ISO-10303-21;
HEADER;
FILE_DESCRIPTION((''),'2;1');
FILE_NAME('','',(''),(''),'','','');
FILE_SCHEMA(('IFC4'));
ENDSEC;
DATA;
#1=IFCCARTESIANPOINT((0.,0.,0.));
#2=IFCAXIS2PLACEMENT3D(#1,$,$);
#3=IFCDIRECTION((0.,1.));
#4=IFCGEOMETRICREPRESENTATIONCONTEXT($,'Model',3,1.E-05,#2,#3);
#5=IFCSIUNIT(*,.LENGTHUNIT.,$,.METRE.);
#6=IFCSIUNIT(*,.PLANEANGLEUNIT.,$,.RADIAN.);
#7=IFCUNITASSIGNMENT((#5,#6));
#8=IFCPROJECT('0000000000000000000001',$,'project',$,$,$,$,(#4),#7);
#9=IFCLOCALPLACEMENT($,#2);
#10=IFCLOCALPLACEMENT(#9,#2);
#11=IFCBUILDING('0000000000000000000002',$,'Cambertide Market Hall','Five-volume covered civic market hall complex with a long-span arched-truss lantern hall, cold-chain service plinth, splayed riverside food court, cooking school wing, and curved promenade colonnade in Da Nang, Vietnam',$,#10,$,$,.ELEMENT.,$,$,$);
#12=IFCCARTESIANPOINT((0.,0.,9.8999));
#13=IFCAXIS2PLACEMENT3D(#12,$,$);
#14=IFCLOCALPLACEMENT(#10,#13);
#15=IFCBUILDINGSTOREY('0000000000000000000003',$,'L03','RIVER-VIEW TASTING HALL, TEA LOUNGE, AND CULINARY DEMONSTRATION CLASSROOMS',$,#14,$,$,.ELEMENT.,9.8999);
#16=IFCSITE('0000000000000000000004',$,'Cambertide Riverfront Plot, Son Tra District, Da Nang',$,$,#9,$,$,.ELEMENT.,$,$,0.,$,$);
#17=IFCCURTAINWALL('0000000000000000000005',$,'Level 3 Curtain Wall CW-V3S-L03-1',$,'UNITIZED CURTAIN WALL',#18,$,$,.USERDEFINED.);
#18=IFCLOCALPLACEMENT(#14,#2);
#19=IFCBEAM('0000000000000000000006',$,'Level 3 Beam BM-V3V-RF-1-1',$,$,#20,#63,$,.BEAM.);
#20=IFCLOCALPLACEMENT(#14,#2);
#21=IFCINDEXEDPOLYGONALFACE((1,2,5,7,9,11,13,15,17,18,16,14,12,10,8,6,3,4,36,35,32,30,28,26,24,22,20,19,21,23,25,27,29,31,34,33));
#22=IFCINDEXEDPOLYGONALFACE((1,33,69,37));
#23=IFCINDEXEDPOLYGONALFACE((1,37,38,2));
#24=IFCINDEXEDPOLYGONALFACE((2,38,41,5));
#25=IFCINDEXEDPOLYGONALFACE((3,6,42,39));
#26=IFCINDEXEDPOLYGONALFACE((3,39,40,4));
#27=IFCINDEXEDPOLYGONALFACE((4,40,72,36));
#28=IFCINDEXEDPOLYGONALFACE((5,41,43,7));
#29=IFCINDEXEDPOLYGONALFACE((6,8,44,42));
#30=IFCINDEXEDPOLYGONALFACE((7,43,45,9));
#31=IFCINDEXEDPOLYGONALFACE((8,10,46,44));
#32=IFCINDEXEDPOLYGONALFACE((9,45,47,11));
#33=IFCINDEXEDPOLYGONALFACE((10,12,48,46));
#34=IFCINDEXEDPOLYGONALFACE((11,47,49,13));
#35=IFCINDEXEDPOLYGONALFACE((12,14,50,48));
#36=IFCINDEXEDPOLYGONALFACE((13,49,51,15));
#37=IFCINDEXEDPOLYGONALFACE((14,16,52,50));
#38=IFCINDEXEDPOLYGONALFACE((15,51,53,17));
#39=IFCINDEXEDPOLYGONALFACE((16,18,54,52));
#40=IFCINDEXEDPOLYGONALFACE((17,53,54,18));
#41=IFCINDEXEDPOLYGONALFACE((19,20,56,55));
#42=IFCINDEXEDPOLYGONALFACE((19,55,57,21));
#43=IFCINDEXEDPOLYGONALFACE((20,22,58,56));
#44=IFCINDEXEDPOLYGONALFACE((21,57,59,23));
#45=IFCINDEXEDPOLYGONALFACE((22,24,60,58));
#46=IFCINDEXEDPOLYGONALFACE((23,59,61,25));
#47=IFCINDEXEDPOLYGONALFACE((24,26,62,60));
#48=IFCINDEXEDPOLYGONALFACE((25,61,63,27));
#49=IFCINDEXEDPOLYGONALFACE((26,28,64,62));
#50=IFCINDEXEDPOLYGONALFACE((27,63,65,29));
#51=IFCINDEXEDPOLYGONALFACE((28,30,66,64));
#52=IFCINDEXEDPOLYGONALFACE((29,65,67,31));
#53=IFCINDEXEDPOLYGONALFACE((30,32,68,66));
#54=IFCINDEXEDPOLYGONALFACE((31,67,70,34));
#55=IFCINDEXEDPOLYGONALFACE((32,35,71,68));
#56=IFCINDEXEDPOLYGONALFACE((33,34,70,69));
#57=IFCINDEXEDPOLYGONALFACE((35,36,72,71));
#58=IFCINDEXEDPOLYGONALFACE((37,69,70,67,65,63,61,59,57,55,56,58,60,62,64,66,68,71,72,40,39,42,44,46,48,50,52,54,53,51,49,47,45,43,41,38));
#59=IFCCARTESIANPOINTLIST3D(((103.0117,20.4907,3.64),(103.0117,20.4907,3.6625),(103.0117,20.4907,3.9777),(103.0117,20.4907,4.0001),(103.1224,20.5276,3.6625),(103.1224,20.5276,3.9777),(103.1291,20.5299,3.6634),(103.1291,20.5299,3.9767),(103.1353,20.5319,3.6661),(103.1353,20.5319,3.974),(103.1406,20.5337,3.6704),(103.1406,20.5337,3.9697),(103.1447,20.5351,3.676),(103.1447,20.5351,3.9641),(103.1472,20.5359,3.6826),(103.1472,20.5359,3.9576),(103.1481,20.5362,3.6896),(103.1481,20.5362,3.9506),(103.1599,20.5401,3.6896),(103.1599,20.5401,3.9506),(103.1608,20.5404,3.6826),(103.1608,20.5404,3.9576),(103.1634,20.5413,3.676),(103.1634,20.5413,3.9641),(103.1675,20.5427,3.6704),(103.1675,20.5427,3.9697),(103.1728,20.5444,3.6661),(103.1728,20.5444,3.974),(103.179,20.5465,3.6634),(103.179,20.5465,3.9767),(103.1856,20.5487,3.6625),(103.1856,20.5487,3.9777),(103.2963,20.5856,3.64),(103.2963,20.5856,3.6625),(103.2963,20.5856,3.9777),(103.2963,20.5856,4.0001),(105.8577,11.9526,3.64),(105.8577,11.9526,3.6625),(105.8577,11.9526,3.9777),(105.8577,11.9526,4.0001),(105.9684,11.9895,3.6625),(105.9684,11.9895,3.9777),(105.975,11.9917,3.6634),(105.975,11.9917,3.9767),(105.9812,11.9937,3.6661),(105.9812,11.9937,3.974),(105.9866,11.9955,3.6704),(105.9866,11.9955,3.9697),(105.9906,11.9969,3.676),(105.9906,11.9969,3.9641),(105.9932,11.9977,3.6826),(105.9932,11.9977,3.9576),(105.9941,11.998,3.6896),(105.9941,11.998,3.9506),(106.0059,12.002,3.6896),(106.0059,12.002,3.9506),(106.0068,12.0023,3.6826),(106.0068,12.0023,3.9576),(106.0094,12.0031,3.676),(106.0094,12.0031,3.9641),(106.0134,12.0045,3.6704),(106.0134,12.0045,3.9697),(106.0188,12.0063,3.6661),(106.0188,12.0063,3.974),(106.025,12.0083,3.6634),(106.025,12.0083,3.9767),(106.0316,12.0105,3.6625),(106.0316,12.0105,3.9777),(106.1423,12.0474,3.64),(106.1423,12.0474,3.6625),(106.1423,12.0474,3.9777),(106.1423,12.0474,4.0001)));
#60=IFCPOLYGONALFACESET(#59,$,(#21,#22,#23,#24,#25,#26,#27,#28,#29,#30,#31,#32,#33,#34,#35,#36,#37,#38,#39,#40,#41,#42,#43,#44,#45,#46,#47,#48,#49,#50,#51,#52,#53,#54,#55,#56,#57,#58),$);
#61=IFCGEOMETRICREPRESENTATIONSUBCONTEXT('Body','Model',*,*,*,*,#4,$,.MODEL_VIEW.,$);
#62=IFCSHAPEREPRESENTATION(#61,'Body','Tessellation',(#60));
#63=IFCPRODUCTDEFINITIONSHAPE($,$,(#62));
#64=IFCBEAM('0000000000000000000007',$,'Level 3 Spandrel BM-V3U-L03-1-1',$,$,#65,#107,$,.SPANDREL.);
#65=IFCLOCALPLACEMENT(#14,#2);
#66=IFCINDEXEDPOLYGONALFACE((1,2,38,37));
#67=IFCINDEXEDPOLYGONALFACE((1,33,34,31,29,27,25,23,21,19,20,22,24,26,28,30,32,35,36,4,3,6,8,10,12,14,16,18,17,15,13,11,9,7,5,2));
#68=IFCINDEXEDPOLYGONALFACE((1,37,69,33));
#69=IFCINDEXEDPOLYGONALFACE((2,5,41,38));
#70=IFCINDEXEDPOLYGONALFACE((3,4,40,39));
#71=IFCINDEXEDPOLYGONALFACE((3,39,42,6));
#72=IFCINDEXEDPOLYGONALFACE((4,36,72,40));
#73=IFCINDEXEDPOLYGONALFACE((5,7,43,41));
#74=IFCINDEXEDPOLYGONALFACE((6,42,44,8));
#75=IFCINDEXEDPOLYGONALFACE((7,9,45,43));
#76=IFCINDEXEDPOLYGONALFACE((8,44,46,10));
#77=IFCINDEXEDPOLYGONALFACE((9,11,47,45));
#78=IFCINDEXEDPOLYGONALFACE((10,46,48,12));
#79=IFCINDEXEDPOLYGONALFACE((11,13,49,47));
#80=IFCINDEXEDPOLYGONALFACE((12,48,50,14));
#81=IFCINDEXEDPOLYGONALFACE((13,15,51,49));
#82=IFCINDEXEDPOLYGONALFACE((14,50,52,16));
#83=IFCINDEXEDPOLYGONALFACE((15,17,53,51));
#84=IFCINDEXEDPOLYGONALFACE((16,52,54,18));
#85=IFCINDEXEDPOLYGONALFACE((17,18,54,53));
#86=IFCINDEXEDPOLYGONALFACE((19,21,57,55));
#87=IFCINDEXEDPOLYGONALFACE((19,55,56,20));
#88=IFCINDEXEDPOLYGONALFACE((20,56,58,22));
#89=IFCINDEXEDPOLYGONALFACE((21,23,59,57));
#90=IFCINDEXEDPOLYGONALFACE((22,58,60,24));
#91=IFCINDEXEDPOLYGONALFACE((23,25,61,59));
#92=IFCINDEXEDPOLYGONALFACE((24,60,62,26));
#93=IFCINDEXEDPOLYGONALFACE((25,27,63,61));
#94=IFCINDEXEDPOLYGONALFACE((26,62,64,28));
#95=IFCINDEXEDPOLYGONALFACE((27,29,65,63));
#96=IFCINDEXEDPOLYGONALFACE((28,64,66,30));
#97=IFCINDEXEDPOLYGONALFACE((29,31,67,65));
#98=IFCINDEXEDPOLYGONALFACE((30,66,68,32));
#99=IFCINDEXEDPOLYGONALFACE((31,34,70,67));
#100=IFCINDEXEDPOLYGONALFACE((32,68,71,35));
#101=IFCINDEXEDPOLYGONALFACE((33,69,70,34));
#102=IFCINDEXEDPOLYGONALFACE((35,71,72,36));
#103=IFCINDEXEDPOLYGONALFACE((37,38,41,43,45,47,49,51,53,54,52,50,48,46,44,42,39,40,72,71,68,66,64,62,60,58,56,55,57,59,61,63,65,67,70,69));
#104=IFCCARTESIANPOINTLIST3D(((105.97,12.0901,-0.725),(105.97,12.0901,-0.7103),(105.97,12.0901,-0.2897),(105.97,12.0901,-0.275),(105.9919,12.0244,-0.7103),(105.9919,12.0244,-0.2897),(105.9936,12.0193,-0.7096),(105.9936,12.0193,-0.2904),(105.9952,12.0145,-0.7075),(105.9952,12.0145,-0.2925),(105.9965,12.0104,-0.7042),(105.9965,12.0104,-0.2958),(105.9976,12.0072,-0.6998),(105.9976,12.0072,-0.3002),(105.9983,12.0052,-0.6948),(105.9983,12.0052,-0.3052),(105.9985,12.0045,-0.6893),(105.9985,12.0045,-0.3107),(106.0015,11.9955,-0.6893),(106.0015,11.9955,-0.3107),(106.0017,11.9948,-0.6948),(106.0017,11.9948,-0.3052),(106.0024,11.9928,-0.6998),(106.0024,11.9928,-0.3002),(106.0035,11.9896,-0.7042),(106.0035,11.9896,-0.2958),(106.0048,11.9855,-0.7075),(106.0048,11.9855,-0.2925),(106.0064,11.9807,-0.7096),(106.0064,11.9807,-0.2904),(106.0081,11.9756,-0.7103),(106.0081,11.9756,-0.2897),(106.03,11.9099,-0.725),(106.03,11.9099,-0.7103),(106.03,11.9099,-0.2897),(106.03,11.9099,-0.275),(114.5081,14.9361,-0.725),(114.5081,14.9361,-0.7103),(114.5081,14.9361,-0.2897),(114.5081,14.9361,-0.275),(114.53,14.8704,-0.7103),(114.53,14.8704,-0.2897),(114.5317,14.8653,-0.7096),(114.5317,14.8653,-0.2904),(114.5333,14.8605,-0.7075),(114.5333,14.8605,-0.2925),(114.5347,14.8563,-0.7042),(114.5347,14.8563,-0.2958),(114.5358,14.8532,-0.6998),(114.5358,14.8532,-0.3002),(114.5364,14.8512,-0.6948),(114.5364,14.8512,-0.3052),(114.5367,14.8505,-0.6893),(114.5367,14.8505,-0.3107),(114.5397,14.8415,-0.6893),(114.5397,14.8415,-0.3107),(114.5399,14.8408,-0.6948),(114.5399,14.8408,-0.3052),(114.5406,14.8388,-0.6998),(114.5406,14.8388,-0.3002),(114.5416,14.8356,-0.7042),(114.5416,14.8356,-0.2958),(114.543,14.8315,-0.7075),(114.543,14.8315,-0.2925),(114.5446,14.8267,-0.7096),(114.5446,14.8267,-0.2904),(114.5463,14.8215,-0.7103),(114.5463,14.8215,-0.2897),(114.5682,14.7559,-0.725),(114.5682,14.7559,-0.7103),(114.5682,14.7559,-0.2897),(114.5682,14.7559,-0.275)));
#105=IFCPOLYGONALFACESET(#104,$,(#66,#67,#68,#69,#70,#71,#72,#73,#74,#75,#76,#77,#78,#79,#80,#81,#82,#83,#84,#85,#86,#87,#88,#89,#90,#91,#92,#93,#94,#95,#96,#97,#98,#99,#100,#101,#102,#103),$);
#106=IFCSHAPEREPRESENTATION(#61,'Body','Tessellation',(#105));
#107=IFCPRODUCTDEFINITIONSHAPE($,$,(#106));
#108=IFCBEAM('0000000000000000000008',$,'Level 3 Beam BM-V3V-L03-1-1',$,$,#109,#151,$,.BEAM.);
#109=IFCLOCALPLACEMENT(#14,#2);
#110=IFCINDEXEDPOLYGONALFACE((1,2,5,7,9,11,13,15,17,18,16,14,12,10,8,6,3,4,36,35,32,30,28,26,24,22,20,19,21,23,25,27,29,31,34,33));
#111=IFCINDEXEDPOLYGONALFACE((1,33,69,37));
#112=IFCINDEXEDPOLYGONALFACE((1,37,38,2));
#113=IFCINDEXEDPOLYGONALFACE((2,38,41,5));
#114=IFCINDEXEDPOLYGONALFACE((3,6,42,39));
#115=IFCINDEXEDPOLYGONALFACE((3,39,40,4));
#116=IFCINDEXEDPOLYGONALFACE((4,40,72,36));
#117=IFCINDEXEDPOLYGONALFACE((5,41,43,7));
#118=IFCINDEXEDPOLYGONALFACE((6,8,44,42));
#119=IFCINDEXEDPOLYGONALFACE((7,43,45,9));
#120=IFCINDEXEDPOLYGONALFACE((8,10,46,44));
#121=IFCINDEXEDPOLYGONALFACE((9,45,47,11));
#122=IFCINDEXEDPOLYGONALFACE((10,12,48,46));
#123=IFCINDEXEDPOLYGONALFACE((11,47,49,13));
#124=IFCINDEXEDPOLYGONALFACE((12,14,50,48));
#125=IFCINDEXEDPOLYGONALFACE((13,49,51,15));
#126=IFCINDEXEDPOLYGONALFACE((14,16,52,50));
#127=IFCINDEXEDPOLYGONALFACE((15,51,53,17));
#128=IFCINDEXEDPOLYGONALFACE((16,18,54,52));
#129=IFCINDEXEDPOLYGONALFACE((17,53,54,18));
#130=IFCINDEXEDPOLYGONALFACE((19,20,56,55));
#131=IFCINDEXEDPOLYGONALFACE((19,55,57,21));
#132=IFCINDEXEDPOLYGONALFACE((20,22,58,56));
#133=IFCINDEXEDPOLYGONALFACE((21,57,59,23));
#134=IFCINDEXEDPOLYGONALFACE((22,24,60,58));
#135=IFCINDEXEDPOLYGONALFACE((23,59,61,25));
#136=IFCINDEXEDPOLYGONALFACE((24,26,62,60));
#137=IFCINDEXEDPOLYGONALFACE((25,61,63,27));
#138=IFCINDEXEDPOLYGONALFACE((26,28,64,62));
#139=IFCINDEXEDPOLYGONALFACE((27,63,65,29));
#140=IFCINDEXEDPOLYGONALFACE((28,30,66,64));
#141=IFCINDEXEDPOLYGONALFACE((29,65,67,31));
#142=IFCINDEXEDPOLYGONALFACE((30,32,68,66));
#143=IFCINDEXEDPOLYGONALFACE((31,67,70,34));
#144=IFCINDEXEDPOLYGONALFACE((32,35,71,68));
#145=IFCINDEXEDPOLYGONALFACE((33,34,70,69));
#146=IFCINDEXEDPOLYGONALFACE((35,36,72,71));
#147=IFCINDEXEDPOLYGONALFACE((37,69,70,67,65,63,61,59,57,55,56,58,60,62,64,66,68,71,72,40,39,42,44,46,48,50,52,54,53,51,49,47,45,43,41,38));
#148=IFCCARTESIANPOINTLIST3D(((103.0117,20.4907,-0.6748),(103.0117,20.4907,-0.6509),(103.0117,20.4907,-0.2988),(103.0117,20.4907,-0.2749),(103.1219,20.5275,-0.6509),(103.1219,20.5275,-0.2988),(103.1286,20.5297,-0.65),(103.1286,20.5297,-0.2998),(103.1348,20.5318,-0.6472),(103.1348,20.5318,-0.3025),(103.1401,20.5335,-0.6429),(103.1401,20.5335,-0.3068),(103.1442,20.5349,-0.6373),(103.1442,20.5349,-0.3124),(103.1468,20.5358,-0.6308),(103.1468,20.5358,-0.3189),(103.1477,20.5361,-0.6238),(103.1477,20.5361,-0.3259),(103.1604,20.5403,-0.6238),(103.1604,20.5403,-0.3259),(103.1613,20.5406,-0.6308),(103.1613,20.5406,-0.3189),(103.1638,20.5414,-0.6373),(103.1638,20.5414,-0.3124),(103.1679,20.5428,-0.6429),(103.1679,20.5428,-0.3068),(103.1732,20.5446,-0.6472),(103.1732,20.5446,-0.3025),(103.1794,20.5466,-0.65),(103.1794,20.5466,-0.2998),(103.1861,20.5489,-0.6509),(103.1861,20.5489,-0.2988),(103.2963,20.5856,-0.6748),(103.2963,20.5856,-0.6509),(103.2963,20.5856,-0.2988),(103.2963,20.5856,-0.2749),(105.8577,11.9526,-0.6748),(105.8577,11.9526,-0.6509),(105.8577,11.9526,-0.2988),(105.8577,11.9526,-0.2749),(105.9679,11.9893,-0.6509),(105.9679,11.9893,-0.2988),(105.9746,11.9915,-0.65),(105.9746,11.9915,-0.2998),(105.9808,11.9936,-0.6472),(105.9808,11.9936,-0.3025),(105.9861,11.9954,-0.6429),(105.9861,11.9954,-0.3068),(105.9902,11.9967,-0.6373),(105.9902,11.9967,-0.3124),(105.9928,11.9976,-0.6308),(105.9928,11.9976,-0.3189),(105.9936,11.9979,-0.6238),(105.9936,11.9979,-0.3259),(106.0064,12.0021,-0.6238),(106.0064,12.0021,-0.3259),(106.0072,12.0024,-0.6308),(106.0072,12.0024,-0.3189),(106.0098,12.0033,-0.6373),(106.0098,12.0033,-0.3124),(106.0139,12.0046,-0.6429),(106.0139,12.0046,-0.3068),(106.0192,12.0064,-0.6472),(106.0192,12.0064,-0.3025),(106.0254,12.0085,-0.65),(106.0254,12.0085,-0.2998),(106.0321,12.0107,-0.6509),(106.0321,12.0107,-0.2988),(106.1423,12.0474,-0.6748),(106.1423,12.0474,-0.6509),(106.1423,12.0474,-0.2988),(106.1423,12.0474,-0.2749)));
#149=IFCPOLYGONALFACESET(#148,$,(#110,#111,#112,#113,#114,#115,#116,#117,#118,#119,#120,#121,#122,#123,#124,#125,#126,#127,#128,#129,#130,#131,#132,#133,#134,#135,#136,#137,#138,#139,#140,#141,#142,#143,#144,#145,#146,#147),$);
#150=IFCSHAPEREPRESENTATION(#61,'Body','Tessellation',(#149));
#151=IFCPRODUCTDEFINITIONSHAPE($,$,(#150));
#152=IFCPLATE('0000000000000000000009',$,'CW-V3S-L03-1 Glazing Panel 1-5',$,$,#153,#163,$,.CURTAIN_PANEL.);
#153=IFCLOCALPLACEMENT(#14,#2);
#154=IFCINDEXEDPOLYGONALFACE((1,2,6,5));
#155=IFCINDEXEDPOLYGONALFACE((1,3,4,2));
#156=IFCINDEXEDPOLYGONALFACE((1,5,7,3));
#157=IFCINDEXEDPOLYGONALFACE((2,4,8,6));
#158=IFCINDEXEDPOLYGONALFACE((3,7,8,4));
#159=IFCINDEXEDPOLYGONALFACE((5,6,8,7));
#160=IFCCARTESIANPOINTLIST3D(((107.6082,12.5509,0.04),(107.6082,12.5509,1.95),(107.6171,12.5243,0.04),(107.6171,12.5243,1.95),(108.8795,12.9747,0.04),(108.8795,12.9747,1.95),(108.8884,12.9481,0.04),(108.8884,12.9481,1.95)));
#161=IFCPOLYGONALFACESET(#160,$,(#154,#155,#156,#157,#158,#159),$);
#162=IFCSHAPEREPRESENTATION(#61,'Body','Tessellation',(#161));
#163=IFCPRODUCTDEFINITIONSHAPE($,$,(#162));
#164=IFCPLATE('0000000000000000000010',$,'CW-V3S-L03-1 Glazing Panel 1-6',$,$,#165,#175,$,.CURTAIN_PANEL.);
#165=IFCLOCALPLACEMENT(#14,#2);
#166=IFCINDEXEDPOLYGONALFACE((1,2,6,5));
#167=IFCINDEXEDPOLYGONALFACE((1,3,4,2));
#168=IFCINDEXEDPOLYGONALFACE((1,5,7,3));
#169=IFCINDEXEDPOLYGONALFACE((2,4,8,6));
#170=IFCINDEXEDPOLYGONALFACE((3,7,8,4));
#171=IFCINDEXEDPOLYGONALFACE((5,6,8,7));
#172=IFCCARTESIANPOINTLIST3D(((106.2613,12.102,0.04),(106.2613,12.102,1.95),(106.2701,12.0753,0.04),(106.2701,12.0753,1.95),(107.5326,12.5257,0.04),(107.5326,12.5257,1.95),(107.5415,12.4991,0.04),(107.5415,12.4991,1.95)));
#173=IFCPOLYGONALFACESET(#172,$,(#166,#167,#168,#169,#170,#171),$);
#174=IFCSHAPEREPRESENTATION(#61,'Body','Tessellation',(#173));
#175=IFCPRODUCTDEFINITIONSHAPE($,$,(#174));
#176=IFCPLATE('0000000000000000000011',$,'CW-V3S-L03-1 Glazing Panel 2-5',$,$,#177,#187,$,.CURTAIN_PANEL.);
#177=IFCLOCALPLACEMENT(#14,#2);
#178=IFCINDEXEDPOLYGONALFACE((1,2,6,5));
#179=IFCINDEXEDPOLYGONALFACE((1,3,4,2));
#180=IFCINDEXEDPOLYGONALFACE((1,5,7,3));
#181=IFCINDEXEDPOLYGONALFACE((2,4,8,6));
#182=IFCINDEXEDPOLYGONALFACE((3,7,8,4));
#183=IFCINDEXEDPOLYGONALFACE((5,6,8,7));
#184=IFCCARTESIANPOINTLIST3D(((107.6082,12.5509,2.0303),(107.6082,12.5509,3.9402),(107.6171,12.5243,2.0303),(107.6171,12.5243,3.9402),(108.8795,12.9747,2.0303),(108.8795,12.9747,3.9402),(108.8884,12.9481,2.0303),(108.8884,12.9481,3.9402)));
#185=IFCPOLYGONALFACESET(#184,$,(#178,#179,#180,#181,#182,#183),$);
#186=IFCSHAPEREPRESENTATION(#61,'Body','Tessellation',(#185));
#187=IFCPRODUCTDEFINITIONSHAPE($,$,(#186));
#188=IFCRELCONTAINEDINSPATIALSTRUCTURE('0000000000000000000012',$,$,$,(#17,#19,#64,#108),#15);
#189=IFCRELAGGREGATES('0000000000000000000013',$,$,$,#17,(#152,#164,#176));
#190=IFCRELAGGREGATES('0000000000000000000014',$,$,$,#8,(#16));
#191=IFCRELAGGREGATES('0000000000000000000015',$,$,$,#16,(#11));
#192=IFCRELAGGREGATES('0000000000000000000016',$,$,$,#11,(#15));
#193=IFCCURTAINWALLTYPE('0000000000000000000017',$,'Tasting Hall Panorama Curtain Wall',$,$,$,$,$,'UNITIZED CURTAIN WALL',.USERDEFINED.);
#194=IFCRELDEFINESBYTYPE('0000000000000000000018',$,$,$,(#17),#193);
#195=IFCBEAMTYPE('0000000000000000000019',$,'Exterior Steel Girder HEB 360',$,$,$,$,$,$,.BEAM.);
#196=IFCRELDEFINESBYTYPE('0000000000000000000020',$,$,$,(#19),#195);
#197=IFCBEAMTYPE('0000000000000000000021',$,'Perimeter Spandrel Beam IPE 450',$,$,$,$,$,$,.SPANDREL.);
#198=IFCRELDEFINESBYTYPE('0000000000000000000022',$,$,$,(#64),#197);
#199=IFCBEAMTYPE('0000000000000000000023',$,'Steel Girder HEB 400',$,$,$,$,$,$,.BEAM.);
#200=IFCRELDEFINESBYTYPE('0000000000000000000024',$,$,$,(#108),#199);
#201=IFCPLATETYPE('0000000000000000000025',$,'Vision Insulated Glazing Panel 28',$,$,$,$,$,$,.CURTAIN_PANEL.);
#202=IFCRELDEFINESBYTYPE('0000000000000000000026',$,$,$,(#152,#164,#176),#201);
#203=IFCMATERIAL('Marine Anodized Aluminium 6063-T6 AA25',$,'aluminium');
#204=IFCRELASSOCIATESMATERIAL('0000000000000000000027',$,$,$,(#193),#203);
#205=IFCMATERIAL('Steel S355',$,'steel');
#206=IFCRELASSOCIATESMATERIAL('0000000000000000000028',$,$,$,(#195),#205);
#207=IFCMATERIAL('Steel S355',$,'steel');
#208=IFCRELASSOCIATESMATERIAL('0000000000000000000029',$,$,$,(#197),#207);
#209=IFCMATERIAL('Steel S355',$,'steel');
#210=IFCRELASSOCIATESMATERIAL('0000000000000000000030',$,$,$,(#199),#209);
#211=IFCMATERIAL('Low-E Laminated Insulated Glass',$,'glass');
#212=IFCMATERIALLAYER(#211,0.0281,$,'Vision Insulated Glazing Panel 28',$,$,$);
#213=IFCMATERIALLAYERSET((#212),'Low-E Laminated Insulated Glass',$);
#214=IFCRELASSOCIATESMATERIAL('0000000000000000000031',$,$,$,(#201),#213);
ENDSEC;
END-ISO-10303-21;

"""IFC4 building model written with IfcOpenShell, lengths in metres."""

from ifc_helpers import new_model, si_unit, direction, frame, origin, origin_2d, place, context, subcontext, project, spatial, rectangle, i_section, extrude, material, layer, layer_set, material_profile, profile_set, type_object, element, aggregate, save


model = new_model("IFC4")

# Units and contexts
model_context = context("Model", 3, precision=1e-05, world=origin(), true_north=direction((0.0, 1.0)))
body_context = subcontext(model_context, "Body", "Model", "MODEL_VIEW")
ifc_project = project(units=[si_unit("LENGTHUNIT", "METRE"), si_unit("PLANEANGLEUNIT", "RADIAN")], contexts=[model_context])

# Site, building, storey
site_placement = place(None, origin())
site = spatial("IfcSite", under=ifc_project, at=site_placement, Name="Cambertide Riverfront Plot, Son Tra District, Da Nang", CompositionType="ELEMENT", RefElevation=0.0)
building_placement = place(site_placement, origin())
building = spatial("IfcBuilding", under=site, at=building_placement, Name="Cambertide Market Hall", Description="Five-volume covered civic market hall complex with a long-span arched-truss lantern hall, cold-chain service plinth, splayed riverside food court, cooking school wing, and curved promenade colonnade in Da Nang, Vietnam", CompositionType="ELEMENT")
storey_placement = place(building_placement, frame((0.0, 0.0, 9.8999)))
storey = spatial("IfcBuildingStorey", under=building, at=storey_placement, Name="L03", Description="RIVER-VIEW TASTING HALL, TEA LOUNGE, AND CULINARY DEMONSTRATION CLASSROOMS", CompositionType="ELEMENT", Elevation=9.8999)

# Curtain wall
ifc_material_1 = material(Name="Marine Anodized Aluminium 6063-T6 AA25", Category="aluminium")
curtain_wall_type = type_object("IfcCurtainWallType", Name="Tasting Hall Panorama Curtain Wall", ElementType="UNITIZED CURTAIN WALL", PredefinedType="USERDEFINED", material=ifc_material_1)
curtain_wall_placement = place(storey_placement, origin())
curtain_wall = element("IfcCurtainWall", 1, at=curtain_wall_placement, inside=storey, type_object=curtain_wall_type, Name="Level 3 Curtain Wall CW-V3S-L03-1", ObjectType="UNITIZED CURTAIN WALL", PredefinedType="USERDEFINED")

# Beams
ifc_material_2 = material(Name="Steel S355", Category="steel")
ifc_material_profile_1 = material_profile(ifc_material_2, i_section(OverallWidth=0.3, OverallDepth=0.3601, WebThickness=0.0125, FlangeThickness=0.0225, FilletRadius=0.0271, at=origin_2d()), Name="HEB 360")
ifc_profile_set_1 = profile_set([ifc_material_profile_1], Name="Steel S355")
beam_type_1 = type_object("IfcBeamType", Name="Exterior Steel Girder HEB 360", PredefinedType="BEAM", material=ifc_profile_set_1)
for number, where, z_axis, x_axis, name in (
    (2, (106.0, 12.0, 3.8201), (-0.31622, 0.948686, 0.0), (-0.948686, -0.31622, 0.0), "Level 3 Beam BM-V3V-RF-1-1"),
):
    element("IfcBeam", number, at=place(storey_placement, frame(where, z_axis=z_axis, x_axis=x_axis)), inside=storey, type_object=beam_type_1, Name=name, PredefinedType="BEAM", context=body_context, shape_type="SweptSolid", body=[
        extrude(i_section(OverallWidth=0.3, OverallDepth=0.3601, WebThickness=0.0125, FlangeThickness=0.0225, FilletRadius=0.0271, at=origin_2d()), origin(), (0.0, 0.0, 1.0), 9.0),
    ])
ifc_material_3 = material(Name="Steel S355", Category="steel")
ifc_material_profile_2 = material_profile(ifc_material_3, i_section(OverallWidth=0.1899, OverallDepth=0.45, WebThickness=0.0095, FlangeThickness=0.0146, FilletRadius=0.021, at=origin_2d()), Name="IPE 450")
ifc_profile_set_2 = profile_set([ifc_material_profile_2], Name="Steel S355")
beam_type_2 = type_object("IfcBeamType", Name="Perimeter Spandrel Beam IPE 450", PredefinedType="SPANDREL", material=ifc_profile_set_2)
beam_1_placement = place(storey_placement, frame((106.0, 12.0, -0.5), z_axis=(0.948686, 0.31622, 0.0), x_axis=(-0.31622, 0.948686, 0.0)))
element("IfcBeam", 3, at=beam_1_placement, inside=storey, type_object=beam_type_2, Name="Level 3 Spandrel BM-V3U-L03-1-1", PredefinedType="SPANDREL", context=body_context, shape_type="SweptSolid", body=[
    extrude(i_section(OverallWidth=0.1899, OverallDepth=0.45, WebThickness=0.0095, FlangeThickness=0.0146, FilletRadius=0.021, at=origin_2d()), origin(), (0.0, 0.0, 1.0), 9.0),
])
ifc_material_4 = material(Name="Steel S355", Category="steel")
ifc_material_profile_3 = material_profile(ifc_material_4, i_section(OverallWidth=0.3, OverallDepth=0.3999, WebThickness=0.0134, FlangeThickness=0.0239, FilletRadius=0.0271, at=origin_2d()), Name="HEB 400")
ifc_profile_set_3 = profile_set([ifc_material_profile_3], Name="Steel S355")
beam_type_3 = type_object("IfcBeamType", Name="Steel Girder HEB 400", PredefinedType="BEAM", material=ifc_profile_set_3)
beam_2_placement = place(storey_placement, frame((106.0, 12.0, -0.4749), z_axis=(-0.31622, 0.948686, 0.0), x_axis=(-0.948686, -0.31622, 0.0)))
element("IfcBeam", 4, at=beam_2_placement, inside=storey, type_object=beam_type_3, Name="Level 3 Beam BM-V3V-L03-1-1", PredefinedType="BEAM", context=body_context, shape_type="SweptSolid", body=[
    extrude(i_section(OverallWidth=0.3, OverallDepth=0.3999, WebThickness=0.0134, FlangeThickness=0.0239, FilletRadius=0.0271, at=origin_2d()), origin(), (0.0, 0.0, 1.0), 9.0),
])

# Plates
ifc_material_5 = material(Name="Low-E Laminated Insulated Glass", Category="glass")
ifc_layer_1 = layer(ifc_material_5, 0.0281, Name="Vision Insulated Glazing Panel 28")
ifc_layer_set_1 = layer_set([ifc_layer_1], Name="Low-E Laminated Insulated Glass")
plate_type = type_object("IfcPlateType", Name="Vision Insulated Glazing Panel 28", PredefinedType="CURTAIN_PANEL", material=ifc_layer_set_1)
plate_1_placement = place(storey_placement, frame((108.2483, 12.7495, 0.04), z_axis=(0.0, 0.0, 1.0), x_axis=(-0.948683, -0.316228, 0.0)))
plate_1 = element("IfcPlate", 5, at=plate_1_placement, type_object=plate_type, Name="CW-V3S-L03-1 Glazing Panel 1-5", PredefinedType="CURTAIN_PANEL", context=body_context, shape_type="SweptSolid", body=[
    extrude(rectangle(XDim=1.3401, YDim=0.0281, at=origin_2d()), origin(), (0.0, 0.0, 1.0), 1.9099),
])
plate_2_placement = place(storey_placement, frame((106.9014, 12.3005, 0.04), z_axis=(0.0, 0.0, 1.0), x_axis=(-0.948683, -0.316228, 0.0)))
plate_2 = element("IfcPlate", 6, at=plate_2_placement, type_object=plate_type, Name="CW-V3S-L03-1 Glazing Panel 1-6", PredefinedType="CURTAIN_PANEL", context=body_context, shape_type="SweptSolid", body=[
    extrude(rectangle(XDim=1.3401, YDim=0.0281, at=origin_2d()), origin(), (0.0, 0.0, 1.0), 1.9099),
])
plate_3_placement = place(storey_placement, frame((108.2483, 12.7495, 2.0303), z_axis=(0.0, 0.0, 1.0), x_axis=(-0.948683, -0.316228, 0.0)))
plate_3 = element("IfcPlate", 7, at=plate_3_placement, type_object=plate_type, Name="CW-V3S-L03-1 Glazing Panel 2-5", PredefinedType="CURTAIN_PANEL", context=body_context, shape_type="SweptSolid", body=[
    extrude(rectangle(XDim=1.3401, YDim=0.0281, at=origin_2d()), origin(), (0.0, 0.0, 1.0), 1.9099),
])
aggregate(curtain_wall, [plate_1, plate_2, plate_3])

save(model, "model.ifc")
